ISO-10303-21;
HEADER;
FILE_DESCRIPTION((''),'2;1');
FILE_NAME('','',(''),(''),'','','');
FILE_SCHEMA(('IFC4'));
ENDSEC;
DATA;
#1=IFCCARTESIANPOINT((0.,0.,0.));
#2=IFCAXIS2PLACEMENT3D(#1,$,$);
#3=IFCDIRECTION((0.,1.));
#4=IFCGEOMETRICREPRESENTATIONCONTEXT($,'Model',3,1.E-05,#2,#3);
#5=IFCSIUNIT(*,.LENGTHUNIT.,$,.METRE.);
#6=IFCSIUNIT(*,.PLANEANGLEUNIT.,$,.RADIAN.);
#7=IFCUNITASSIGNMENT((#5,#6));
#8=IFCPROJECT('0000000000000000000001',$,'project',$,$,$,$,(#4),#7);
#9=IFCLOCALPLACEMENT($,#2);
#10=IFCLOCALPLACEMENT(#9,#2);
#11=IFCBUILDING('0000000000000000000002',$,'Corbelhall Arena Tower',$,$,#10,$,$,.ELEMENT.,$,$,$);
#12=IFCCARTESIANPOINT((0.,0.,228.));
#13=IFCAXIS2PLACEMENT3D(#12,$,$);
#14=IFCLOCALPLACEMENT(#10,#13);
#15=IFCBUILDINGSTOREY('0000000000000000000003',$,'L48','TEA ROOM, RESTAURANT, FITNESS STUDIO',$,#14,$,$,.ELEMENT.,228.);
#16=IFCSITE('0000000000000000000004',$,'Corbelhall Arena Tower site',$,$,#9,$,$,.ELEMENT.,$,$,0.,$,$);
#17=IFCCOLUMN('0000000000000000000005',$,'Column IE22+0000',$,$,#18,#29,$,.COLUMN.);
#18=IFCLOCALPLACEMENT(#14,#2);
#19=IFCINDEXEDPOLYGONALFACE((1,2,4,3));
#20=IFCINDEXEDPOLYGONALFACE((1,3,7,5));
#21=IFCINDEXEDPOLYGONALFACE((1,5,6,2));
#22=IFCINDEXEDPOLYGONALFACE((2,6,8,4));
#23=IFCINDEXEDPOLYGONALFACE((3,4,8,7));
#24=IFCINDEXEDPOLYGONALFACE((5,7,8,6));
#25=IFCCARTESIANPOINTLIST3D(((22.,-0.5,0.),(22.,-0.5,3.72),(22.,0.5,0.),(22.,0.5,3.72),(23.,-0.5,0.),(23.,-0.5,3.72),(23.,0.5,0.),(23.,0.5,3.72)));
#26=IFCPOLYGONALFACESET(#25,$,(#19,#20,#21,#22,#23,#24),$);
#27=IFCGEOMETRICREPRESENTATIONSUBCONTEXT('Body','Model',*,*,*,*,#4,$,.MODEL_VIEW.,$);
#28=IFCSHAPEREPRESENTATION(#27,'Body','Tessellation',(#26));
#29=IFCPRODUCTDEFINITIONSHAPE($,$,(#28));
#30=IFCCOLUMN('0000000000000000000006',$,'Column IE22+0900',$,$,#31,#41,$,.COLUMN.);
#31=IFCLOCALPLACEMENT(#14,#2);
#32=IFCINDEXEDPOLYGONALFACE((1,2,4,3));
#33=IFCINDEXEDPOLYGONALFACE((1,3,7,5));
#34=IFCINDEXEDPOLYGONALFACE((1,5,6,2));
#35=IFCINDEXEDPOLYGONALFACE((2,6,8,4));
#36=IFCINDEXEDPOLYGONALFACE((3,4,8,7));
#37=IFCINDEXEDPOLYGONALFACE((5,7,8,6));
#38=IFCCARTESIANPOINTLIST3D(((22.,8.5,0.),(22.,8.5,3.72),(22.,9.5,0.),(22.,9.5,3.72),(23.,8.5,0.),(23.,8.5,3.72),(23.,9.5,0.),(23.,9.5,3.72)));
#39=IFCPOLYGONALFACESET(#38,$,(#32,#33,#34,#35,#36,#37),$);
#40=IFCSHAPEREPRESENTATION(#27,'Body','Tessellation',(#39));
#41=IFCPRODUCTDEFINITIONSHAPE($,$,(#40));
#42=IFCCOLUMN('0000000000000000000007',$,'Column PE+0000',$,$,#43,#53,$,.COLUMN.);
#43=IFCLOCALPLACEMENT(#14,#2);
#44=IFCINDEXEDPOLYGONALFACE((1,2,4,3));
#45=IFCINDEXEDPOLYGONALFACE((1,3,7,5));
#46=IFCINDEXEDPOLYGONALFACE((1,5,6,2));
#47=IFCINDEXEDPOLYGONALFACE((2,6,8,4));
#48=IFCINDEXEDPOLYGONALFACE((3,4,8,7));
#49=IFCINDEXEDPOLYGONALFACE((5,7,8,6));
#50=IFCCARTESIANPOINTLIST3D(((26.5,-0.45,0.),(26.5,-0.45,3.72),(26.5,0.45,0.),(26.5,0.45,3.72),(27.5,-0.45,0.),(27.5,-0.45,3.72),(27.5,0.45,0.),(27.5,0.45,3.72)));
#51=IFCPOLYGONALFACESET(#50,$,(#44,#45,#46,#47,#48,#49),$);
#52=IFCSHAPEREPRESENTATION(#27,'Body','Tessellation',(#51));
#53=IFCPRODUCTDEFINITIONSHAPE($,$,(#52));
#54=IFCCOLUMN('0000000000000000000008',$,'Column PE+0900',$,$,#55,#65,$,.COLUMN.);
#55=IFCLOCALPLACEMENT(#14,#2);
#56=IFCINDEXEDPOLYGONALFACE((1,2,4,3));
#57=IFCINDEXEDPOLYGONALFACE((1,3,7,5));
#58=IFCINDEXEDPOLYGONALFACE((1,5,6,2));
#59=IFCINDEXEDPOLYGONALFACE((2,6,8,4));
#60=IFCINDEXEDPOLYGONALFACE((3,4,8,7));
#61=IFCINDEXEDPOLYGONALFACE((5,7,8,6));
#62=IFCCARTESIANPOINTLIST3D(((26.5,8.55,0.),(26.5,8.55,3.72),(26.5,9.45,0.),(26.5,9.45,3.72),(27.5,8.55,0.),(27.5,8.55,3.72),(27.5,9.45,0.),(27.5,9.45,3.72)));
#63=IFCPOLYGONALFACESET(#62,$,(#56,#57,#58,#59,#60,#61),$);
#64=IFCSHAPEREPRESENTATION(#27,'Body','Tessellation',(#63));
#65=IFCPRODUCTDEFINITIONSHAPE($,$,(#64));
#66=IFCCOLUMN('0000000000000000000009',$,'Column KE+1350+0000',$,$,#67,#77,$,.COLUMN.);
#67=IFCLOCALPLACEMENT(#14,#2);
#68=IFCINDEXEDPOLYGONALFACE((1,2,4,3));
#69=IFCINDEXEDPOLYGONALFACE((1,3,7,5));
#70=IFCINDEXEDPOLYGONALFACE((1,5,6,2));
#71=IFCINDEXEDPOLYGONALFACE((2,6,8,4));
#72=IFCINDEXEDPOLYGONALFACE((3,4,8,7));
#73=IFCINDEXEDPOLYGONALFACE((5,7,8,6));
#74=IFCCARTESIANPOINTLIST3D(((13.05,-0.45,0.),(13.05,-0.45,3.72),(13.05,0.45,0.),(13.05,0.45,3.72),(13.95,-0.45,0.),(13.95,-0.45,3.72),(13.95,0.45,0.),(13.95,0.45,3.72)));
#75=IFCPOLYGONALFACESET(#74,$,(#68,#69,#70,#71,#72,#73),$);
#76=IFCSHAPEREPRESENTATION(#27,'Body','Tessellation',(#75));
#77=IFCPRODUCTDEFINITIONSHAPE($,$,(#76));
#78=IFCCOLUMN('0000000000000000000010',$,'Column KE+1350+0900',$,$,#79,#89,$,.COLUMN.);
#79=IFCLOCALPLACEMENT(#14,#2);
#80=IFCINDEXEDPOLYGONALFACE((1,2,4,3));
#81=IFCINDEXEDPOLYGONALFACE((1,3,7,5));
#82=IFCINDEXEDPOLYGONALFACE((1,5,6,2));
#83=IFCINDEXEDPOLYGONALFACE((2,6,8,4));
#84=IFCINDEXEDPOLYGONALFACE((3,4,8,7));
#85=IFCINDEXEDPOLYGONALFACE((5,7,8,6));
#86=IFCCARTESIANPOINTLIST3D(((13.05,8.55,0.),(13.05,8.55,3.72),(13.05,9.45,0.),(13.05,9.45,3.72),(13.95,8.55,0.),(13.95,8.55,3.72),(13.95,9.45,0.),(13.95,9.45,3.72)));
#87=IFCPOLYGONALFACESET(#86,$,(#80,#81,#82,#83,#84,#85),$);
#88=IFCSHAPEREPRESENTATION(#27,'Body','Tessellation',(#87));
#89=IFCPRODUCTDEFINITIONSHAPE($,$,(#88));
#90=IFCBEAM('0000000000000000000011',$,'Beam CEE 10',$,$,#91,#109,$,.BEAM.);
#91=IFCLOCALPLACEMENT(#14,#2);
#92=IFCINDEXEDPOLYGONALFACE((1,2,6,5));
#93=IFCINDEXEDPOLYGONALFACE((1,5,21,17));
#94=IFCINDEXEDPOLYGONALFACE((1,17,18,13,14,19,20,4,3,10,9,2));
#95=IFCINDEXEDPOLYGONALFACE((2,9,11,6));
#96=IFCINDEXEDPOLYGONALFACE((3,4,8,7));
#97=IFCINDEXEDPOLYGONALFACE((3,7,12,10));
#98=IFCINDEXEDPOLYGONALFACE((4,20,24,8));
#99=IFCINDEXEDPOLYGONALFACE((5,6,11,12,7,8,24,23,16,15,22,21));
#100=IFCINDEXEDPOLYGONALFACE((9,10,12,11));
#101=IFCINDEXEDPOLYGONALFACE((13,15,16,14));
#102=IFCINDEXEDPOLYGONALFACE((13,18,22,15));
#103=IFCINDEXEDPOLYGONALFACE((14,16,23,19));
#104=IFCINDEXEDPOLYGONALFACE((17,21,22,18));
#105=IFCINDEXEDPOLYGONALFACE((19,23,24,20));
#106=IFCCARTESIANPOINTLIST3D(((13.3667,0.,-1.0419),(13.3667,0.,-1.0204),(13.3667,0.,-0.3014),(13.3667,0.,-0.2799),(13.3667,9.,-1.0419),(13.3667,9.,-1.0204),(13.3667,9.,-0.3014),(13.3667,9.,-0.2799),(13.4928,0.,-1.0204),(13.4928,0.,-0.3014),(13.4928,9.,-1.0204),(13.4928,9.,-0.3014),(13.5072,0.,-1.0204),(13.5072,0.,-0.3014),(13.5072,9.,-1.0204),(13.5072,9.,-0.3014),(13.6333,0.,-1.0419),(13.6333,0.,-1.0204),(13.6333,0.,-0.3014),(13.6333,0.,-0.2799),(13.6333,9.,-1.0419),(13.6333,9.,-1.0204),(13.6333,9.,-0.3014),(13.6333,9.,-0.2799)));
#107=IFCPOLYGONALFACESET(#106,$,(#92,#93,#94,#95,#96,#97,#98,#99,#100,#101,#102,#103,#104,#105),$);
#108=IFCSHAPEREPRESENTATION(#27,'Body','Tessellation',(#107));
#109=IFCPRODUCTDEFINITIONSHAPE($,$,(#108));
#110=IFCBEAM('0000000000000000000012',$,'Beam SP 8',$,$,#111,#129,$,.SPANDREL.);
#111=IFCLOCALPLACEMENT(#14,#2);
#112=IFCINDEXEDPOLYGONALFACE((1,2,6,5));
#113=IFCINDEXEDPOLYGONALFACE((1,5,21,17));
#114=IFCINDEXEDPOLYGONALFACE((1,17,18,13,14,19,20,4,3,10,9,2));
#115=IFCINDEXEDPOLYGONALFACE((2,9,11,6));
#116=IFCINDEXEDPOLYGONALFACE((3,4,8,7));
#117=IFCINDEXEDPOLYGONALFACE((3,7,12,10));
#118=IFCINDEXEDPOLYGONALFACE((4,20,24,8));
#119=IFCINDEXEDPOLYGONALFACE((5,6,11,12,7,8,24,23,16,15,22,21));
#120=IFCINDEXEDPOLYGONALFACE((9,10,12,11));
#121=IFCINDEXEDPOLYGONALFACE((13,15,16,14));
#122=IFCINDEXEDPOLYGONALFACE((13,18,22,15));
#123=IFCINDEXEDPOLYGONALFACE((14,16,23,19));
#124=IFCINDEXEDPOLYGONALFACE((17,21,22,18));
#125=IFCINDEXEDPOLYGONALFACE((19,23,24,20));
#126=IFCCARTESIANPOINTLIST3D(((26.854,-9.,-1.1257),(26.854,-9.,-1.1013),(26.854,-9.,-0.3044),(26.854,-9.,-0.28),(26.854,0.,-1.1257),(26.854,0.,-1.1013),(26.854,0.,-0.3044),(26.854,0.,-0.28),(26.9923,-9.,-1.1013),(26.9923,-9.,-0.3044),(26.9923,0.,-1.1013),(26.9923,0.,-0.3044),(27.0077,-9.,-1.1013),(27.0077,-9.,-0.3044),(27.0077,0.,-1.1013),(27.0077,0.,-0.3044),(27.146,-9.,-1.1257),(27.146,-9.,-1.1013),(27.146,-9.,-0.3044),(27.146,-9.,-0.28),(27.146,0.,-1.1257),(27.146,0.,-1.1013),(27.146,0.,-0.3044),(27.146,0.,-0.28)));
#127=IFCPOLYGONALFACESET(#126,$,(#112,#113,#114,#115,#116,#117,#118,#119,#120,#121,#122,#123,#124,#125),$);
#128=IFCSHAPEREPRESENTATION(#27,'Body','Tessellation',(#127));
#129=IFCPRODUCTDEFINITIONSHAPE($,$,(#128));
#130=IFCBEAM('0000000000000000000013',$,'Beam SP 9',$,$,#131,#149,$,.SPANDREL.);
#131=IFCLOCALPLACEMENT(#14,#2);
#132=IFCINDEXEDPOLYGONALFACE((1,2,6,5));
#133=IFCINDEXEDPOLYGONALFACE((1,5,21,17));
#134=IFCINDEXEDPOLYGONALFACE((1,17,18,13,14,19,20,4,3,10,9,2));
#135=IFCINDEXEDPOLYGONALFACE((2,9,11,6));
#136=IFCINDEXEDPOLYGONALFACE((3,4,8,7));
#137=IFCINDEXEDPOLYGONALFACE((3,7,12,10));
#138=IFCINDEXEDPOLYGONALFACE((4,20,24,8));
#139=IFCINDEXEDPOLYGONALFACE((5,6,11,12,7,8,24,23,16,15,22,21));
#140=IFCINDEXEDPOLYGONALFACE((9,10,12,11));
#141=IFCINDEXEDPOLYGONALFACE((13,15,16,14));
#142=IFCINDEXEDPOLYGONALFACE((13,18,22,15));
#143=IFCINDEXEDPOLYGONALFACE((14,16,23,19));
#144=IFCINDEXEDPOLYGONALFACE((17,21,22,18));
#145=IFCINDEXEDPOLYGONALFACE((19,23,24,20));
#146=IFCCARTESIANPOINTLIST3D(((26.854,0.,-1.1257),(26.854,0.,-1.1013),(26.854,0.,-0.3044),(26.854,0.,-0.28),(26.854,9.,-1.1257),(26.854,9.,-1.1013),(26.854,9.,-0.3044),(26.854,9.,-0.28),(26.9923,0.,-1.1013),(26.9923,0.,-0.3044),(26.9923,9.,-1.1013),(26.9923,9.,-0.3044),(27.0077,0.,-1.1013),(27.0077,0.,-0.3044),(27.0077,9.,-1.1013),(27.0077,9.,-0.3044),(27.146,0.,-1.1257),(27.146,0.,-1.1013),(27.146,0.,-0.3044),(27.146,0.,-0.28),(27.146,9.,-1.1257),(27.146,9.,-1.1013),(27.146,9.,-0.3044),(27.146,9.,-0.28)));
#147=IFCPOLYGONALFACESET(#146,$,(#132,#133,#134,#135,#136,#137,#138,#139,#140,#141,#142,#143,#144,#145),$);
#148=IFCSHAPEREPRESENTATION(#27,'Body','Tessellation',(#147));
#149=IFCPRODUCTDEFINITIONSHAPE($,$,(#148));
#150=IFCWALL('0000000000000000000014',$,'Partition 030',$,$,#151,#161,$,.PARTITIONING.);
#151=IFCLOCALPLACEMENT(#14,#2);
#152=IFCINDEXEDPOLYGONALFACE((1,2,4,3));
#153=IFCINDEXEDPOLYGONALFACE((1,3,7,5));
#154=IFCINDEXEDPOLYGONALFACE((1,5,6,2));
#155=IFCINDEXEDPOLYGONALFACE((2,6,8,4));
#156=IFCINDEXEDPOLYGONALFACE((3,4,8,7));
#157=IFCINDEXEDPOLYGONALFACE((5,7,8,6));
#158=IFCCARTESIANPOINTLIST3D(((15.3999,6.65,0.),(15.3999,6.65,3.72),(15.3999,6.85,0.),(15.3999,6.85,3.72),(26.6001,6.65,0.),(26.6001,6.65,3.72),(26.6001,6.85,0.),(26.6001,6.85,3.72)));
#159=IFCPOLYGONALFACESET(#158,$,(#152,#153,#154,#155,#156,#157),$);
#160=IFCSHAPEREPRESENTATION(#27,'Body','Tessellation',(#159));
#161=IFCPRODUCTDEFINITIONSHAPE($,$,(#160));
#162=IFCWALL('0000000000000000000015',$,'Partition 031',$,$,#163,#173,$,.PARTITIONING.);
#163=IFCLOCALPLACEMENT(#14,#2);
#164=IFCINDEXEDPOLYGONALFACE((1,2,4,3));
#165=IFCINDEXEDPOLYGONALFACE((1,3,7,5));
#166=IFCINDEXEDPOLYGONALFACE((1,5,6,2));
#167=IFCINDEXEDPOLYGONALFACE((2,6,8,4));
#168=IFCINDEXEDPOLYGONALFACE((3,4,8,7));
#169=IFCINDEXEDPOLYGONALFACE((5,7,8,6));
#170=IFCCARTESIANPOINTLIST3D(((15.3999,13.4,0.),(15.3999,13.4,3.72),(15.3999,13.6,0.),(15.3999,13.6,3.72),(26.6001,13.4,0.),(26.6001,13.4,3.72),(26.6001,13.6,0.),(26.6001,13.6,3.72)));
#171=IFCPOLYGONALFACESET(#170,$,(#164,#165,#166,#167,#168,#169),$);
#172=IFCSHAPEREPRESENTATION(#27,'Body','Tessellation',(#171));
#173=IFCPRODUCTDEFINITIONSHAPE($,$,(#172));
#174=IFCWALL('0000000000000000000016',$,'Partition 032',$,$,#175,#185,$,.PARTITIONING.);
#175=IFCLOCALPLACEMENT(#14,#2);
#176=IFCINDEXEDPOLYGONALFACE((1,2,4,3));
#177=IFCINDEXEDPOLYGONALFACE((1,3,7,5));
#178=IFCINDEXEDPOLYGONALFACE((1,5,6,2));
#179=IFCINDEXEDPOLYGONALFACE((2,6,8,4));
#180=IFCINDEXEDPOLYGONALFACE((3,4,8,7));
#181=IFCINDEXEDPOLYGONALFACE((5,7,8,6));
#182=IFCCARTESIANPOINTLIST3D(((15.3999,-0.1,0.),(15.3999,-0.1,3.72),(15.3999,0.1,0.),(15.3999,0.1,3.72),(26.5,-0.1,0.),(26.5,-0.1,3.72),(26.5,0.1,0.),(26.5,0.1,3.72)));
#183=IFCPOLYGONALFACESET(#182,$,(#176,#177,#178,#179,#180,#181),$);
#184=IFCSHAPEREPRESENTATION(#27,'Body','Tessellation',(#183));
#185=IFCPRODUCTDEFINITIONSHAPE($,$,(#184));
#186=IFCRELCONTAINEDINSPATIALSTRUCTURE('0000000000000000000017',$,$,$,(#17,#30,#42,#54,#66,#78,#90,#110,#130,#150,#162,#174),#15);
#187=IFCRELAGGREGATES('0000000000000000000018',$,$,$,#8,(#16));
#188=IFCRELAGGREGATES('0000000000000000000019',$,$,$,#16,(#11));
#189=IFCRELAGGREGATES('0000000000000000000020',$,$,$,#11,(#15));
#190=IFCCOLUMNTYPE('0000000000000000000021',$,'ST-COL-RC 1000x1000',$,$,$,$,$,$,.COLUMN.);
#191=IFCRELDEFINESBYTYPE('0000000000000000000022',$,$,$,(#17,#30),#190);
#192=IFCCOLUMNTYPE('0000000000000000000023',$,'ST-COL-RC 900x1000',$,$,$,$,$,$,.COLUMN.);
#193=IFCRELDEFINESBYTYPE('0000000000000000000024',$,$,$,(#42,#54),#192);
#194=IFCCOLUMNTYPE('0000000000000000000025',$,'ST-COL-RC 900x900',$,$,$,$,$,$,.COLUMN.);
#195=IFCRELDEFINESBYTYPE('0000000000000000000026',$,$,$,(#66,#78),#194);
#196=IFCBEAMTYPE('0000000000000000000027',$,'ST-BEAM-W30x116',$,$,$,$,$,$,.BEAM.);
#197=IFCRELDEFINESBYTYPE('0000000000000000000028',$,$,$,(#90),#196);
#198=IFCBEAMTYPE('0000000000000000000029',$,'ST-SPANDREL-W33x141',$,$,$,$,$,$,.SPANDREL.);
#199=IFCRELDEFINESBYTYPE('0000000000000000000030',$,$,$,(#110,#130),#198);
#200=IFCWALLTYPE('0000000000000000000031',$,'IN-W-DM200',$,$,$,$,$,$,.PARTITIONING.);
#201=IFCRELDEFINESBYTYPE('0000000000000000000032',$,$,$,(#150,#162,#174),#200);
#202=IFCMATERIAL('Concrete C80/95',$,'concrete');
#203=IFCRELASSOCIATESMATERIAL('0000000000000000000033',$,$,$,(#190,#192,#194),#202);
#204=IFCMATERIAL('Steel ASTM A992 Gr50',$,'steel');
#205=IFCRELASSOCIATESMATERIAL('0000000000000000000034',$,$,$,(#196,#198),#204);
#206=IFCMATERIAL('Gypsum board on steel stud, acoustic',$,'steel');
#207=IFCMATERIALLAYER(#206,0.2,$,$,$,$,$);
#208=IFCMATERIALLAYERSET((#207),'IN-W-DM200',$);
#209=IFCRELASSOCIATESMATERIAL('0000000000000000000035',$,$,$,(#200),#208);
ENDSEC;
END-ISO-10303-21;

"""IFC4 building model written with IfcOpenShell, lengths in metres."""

from ifc_helpers import new_model, si_unit, direction, frame, frame_2d, origin, origin_2d, place, context, subcontext, project, spatial, rectangle, i_section, extrude, material, layer, layer_set, material_profile, profile_set, type_object, element, save


model = new_model("IFC4")

# Units and contexts
model_context = context("Model", 3, precision=1e-05, world=origin(), true_north=direction((0.0, 1.0)))
body_context = subcontext(model_context, "Body", "Model", "MODEL_VIEW")
ifc_project = project(units=[si_unit("LENGTHUNIT", "METRE"), si_unit("PLANEANGLEUNIT", "RADIAN")], contexts=[model_context])

# Site, building, storey
site_placement = place(None, origin())
site = spatial("IfcSite", under=ifc_project, at=site_placement, Name="Corbelhall Arena Tower site", CompositionType="ELEMENT", RefElevation=0.0)
building_placement = place(site_placement, origin())
building = spatial("IfcBuilding", under=site, at=building_placement, Name="Corbelhall Arena Tower", CompositionType="ELEMENT")
storey_placement = place(building_placement, frame((0.0, 0.0, 228.0)))
storey = spatial("IfcBuildingStorey", under=building, at=storey_placement, Name="L48", Description="TEA ROOM, RESTAURANT, FITNESS STUDIO", CompositionType="ELEMENT", Elevation=228.0)

# Columns
ifc_material_1 = material(Name="Concrete C80/95", Category="concrete")
ifc_material_profile_1 = material_profile(ifc_material_1, rectangle(XDim=1.0, YDim=1.0, at=origin_2d()))
ifc_profile_set_1 = profile_set([ifc_material_profile_1], Name="Concrete C80/95")
column_type_1 = type_object("IfcColumnType", Name="ST-COL-RC 1000x1000", PredefinedType="COLUMN", material=ifc_profile_set_1)
for number, where, z_axis, x_axis, name in (
    (1, (22.5, 0.0, 0.0), (0.0, 0.0, 1.0), (1.0, 0.0, 0.0), "Column IE22+0000"),
    (2, (22.5, 9.0, 0.0), (0.0, 0.0, 1.0), (1.0, 0.0, 0.0), "Column IE22+0900"),
):
    element("IfcColumn", number, at=place(storey_placement, frame(where, z_axis=z_axis, x_axis=x_axis)), inside=storey, type_object=column_type_1, Name=name, PredefinedType="COLUMN", context=body_context, shape_type="SweptSolid", body=[
        extrude(rectangle(XDim=1.0, YDim=1.0, at=origin_2d()), origin(), (0.0, 0.0, 1.0), 3.72),
    ])
ifc_material_profile_2 = material_profile(ifc_material_1, rectangle(XDim=0.8999, YDim=1.0, at=origin_2d()))
ifc_profile_set_2 = profile_set([ifc_material_profile_2], Name="Concrete C80/95")
column_type_2 = type_object("IfcColumnType", Name="ST-COL-RC 900x1000", PredefinedType="COLUMN", material=ifc_profile_set_2)
for number, where, z_axis, x_axis, name in (
    (3, (27.0, 0.0, 0.0), (0.0, 0.0, 1.0), (0.0, 1.0, 0.0), "Column PE+0000"),
    (4, (27.0, 9.0, 0.0), (0.0, 0.0, 1.0), (0.0, 1.0, 0.0), "Column PE+0900"),
):
    element("IfcColumn", number, at=place(storey_placement, frame(where, z_axis=z_axis, x_axis=x_axis)), inside=storey, type_object=column_type_2, Name=name, PredefinedType="COLUMN", context=body_context, shape_type="SweptSolid", body=[
        extrude(rectangle(XDim=0.8999, YDim=1.0, at=origin_2d()), origin(), (0.0, 0.0, 1.0), 3.72),
    ])
ifc_material_profile_3 = material_profile(ifc_material_1, rectangle(XDim=0.8999, YDim=0.8999, at=origin_2d()))
ifc_profile_set_3 = profile_set([ifc_material_profile_3], Name="Concrete C80/95")
column_type_3 = type_object("IfcColumnType", Name="ST-COL-RC 900x900", PredefinedType="COLUMN", material=ifc_profile_set_3)
for number, where, z_axis, x_axis, name in (
    (5, (13.5, 0.0, 0.0), (0.0, 0.0, 1.0), (1.0, 0.0, 0.0), "Column KE+1350+0000"),
    (6, (13.5, 9.0, 0.0), (0.0, 0.0, 1.0), (1.0, 0.0, 0.0), "Column KE+1350+0900"),
):
    element("IfcColumn", number, at=place(storey_placement, frame(where, z_axis=z_axis, x_axis=x_axis)), inside=storey, type_object=column_type_3, Name=name, PredefinedType="COLUMN", context=body_context, shape_type="SweptSolid", body=[
        extrude(rectangle(XDim=0.8999, YDim=0.8999, at=origin_2d()), origin(), (0.0, 0.0, 1.0), 3.72),
    ])

# Beams
ifc_material_2 = material(Name="Steel ASTM A992 Gr50", Category="steel")
ifc_material_profile_4 = material_profile(ifc_material_2, i_section(OverallWidth=0.2666, OverallDepth=0.762, WebThickness=0.0144, FlangeThickness=0.0215, at=origin_2d()))
ifc_profile_set_4 = profile_set([ifc_material_profile_4], Name="Steel ASTM A992 Gr50")
beam_type_1 = type_object("IfcBeamType", Name="ST-BEAM-W30x116", PredefinedType="BEAM", material=ifc_profile_set_4)
beam_placement = place(storey_placement, frame((13.5, 0.0, -0.6609), z_axis=(0.0, 1.0, 0.0), x_axis=(-1.0, 0.0, 0.0)))
element("IfcBeam", 7, at=beam_placement, inside=storey, type_object=beam_type_1, Name="Beam CEE 10", PredefinedType="BEAM", context=body_context, shape_type="SweptSolid", body=[
    extrude(i_section(OverallWidth=0.2666, OverallDepth=0.762, WebThickness=0.0144, FlangeThickness=0.0215, at=origin_2d()), origin(), (0.0, 0.0, 1.0), 9.0),
])
ifc_material_profile_5 = material_profile(ifc_material_2, i_section(OverallWidth=0.292, OverallDepth=0.8457, WebThickness=0.0154, FlangeThickness=0.0244, at=origin_2d()))
ifc_profile_set_5 = profile_set([ifc_material_profile_5], Name="Steel ASTM A992 Gr50")
beam_type_2 = type_object("IfcBeamType", Name="ST-SPANDREL-W33x141", PredefinedType="SPANDREL", material=ifc_profile_set_5)
for number, where, z_axis, x_axis, name in (
    (8, (27.0, 0.0, -0.7029), (0.0, -1.0, 0.0), (1.0, 0.0, 0.0), "Beam SP 8"),
    (9, (27.0, 9.0, -0.7029), (0.0, -1.0, 0.0), (1.0, 0.0, 0.0), "Beam SP 9"),
):
    element("IfcBeam", number, at=place(storey_placement, frame(where, z_axis=z_axis, x_axis=x_axis)), inside=storey, type_object=beam_type_2, Name=name, PredefinedType="SPANDREL", context=body_context, shape_type="SweptSolid", body=[
        extrude(i_section(OverallWidth=0.292, OverallDepth=0.8457, WebThickness=0.0154, FlangeThickness=0.0244, at=origin_2d()), origin(), (0.0, 0.0, 1.0), 9.0),
    ])

# Shared definitions
ifc_material_3 = material(Name="Gypsum board on steel stud, acoustic", Category="steel")
ifc_layer_1 = layer(ifc_material_3, 0.2)
ifc_layer_set_1 = layer_set([ifc_layer_1], Name="IN-W-DM200")
wall_type_1 = type_object("IfcWallType", Name="IN-W-DM200", PredefinedType="PARTITIONING", material=ifc_layer_set_1)

# Walls
for number, where, z_axis, x_axis, name in (
    (10, (15.3999, 6.75, 0.0), (0.0, 0.0, 1.0), (1.0, 0.0, 0.0), "Partition 030"),
    (11, (15.3999, 13.5, 0.0), (0.0, 0.0, 1.0), (1.0, 0.0, 0.0), "Partition 031"),
):
    element("IfcWall", number, at=place(storey_placement, frame(where, z_axis=z_axis, x_axis=x_axis)), inside=storey, type_object=wall_type_1, Name=name, PredefinedType="PARTITIONING", context=body_context, shape_type="SweptSolid", body=[
        extrude(rectangle(XDim=11.2002, YDim=0.2, at=frame_2d((5.6001, 0.0))), origin(), (0.0, 0.0, 1.0), 3.72),
    ])
wall_1_placement = place(storey_placement, frame((26.5, 0.0, 0.0), z_axis=(0.0, 0.0, 1.0), x_axis=(-1.0, 0.0, 0.0)))
element("IfcWall", 12, at=wall_1_placement, inside=storey, type_object=wall_type_1, Name="Partition 032", PredefinedType="PARTITIONING", context=body_context, shape_type="SweptSolid", body=[
    extrude(rectangle(XDim=11.1001, YDim=0.2, at=frame_2d((5.55, 0.0))), origin(), (0.0, 0.0, 1.0), 3.72),
])

save(model, "model.ifc")
